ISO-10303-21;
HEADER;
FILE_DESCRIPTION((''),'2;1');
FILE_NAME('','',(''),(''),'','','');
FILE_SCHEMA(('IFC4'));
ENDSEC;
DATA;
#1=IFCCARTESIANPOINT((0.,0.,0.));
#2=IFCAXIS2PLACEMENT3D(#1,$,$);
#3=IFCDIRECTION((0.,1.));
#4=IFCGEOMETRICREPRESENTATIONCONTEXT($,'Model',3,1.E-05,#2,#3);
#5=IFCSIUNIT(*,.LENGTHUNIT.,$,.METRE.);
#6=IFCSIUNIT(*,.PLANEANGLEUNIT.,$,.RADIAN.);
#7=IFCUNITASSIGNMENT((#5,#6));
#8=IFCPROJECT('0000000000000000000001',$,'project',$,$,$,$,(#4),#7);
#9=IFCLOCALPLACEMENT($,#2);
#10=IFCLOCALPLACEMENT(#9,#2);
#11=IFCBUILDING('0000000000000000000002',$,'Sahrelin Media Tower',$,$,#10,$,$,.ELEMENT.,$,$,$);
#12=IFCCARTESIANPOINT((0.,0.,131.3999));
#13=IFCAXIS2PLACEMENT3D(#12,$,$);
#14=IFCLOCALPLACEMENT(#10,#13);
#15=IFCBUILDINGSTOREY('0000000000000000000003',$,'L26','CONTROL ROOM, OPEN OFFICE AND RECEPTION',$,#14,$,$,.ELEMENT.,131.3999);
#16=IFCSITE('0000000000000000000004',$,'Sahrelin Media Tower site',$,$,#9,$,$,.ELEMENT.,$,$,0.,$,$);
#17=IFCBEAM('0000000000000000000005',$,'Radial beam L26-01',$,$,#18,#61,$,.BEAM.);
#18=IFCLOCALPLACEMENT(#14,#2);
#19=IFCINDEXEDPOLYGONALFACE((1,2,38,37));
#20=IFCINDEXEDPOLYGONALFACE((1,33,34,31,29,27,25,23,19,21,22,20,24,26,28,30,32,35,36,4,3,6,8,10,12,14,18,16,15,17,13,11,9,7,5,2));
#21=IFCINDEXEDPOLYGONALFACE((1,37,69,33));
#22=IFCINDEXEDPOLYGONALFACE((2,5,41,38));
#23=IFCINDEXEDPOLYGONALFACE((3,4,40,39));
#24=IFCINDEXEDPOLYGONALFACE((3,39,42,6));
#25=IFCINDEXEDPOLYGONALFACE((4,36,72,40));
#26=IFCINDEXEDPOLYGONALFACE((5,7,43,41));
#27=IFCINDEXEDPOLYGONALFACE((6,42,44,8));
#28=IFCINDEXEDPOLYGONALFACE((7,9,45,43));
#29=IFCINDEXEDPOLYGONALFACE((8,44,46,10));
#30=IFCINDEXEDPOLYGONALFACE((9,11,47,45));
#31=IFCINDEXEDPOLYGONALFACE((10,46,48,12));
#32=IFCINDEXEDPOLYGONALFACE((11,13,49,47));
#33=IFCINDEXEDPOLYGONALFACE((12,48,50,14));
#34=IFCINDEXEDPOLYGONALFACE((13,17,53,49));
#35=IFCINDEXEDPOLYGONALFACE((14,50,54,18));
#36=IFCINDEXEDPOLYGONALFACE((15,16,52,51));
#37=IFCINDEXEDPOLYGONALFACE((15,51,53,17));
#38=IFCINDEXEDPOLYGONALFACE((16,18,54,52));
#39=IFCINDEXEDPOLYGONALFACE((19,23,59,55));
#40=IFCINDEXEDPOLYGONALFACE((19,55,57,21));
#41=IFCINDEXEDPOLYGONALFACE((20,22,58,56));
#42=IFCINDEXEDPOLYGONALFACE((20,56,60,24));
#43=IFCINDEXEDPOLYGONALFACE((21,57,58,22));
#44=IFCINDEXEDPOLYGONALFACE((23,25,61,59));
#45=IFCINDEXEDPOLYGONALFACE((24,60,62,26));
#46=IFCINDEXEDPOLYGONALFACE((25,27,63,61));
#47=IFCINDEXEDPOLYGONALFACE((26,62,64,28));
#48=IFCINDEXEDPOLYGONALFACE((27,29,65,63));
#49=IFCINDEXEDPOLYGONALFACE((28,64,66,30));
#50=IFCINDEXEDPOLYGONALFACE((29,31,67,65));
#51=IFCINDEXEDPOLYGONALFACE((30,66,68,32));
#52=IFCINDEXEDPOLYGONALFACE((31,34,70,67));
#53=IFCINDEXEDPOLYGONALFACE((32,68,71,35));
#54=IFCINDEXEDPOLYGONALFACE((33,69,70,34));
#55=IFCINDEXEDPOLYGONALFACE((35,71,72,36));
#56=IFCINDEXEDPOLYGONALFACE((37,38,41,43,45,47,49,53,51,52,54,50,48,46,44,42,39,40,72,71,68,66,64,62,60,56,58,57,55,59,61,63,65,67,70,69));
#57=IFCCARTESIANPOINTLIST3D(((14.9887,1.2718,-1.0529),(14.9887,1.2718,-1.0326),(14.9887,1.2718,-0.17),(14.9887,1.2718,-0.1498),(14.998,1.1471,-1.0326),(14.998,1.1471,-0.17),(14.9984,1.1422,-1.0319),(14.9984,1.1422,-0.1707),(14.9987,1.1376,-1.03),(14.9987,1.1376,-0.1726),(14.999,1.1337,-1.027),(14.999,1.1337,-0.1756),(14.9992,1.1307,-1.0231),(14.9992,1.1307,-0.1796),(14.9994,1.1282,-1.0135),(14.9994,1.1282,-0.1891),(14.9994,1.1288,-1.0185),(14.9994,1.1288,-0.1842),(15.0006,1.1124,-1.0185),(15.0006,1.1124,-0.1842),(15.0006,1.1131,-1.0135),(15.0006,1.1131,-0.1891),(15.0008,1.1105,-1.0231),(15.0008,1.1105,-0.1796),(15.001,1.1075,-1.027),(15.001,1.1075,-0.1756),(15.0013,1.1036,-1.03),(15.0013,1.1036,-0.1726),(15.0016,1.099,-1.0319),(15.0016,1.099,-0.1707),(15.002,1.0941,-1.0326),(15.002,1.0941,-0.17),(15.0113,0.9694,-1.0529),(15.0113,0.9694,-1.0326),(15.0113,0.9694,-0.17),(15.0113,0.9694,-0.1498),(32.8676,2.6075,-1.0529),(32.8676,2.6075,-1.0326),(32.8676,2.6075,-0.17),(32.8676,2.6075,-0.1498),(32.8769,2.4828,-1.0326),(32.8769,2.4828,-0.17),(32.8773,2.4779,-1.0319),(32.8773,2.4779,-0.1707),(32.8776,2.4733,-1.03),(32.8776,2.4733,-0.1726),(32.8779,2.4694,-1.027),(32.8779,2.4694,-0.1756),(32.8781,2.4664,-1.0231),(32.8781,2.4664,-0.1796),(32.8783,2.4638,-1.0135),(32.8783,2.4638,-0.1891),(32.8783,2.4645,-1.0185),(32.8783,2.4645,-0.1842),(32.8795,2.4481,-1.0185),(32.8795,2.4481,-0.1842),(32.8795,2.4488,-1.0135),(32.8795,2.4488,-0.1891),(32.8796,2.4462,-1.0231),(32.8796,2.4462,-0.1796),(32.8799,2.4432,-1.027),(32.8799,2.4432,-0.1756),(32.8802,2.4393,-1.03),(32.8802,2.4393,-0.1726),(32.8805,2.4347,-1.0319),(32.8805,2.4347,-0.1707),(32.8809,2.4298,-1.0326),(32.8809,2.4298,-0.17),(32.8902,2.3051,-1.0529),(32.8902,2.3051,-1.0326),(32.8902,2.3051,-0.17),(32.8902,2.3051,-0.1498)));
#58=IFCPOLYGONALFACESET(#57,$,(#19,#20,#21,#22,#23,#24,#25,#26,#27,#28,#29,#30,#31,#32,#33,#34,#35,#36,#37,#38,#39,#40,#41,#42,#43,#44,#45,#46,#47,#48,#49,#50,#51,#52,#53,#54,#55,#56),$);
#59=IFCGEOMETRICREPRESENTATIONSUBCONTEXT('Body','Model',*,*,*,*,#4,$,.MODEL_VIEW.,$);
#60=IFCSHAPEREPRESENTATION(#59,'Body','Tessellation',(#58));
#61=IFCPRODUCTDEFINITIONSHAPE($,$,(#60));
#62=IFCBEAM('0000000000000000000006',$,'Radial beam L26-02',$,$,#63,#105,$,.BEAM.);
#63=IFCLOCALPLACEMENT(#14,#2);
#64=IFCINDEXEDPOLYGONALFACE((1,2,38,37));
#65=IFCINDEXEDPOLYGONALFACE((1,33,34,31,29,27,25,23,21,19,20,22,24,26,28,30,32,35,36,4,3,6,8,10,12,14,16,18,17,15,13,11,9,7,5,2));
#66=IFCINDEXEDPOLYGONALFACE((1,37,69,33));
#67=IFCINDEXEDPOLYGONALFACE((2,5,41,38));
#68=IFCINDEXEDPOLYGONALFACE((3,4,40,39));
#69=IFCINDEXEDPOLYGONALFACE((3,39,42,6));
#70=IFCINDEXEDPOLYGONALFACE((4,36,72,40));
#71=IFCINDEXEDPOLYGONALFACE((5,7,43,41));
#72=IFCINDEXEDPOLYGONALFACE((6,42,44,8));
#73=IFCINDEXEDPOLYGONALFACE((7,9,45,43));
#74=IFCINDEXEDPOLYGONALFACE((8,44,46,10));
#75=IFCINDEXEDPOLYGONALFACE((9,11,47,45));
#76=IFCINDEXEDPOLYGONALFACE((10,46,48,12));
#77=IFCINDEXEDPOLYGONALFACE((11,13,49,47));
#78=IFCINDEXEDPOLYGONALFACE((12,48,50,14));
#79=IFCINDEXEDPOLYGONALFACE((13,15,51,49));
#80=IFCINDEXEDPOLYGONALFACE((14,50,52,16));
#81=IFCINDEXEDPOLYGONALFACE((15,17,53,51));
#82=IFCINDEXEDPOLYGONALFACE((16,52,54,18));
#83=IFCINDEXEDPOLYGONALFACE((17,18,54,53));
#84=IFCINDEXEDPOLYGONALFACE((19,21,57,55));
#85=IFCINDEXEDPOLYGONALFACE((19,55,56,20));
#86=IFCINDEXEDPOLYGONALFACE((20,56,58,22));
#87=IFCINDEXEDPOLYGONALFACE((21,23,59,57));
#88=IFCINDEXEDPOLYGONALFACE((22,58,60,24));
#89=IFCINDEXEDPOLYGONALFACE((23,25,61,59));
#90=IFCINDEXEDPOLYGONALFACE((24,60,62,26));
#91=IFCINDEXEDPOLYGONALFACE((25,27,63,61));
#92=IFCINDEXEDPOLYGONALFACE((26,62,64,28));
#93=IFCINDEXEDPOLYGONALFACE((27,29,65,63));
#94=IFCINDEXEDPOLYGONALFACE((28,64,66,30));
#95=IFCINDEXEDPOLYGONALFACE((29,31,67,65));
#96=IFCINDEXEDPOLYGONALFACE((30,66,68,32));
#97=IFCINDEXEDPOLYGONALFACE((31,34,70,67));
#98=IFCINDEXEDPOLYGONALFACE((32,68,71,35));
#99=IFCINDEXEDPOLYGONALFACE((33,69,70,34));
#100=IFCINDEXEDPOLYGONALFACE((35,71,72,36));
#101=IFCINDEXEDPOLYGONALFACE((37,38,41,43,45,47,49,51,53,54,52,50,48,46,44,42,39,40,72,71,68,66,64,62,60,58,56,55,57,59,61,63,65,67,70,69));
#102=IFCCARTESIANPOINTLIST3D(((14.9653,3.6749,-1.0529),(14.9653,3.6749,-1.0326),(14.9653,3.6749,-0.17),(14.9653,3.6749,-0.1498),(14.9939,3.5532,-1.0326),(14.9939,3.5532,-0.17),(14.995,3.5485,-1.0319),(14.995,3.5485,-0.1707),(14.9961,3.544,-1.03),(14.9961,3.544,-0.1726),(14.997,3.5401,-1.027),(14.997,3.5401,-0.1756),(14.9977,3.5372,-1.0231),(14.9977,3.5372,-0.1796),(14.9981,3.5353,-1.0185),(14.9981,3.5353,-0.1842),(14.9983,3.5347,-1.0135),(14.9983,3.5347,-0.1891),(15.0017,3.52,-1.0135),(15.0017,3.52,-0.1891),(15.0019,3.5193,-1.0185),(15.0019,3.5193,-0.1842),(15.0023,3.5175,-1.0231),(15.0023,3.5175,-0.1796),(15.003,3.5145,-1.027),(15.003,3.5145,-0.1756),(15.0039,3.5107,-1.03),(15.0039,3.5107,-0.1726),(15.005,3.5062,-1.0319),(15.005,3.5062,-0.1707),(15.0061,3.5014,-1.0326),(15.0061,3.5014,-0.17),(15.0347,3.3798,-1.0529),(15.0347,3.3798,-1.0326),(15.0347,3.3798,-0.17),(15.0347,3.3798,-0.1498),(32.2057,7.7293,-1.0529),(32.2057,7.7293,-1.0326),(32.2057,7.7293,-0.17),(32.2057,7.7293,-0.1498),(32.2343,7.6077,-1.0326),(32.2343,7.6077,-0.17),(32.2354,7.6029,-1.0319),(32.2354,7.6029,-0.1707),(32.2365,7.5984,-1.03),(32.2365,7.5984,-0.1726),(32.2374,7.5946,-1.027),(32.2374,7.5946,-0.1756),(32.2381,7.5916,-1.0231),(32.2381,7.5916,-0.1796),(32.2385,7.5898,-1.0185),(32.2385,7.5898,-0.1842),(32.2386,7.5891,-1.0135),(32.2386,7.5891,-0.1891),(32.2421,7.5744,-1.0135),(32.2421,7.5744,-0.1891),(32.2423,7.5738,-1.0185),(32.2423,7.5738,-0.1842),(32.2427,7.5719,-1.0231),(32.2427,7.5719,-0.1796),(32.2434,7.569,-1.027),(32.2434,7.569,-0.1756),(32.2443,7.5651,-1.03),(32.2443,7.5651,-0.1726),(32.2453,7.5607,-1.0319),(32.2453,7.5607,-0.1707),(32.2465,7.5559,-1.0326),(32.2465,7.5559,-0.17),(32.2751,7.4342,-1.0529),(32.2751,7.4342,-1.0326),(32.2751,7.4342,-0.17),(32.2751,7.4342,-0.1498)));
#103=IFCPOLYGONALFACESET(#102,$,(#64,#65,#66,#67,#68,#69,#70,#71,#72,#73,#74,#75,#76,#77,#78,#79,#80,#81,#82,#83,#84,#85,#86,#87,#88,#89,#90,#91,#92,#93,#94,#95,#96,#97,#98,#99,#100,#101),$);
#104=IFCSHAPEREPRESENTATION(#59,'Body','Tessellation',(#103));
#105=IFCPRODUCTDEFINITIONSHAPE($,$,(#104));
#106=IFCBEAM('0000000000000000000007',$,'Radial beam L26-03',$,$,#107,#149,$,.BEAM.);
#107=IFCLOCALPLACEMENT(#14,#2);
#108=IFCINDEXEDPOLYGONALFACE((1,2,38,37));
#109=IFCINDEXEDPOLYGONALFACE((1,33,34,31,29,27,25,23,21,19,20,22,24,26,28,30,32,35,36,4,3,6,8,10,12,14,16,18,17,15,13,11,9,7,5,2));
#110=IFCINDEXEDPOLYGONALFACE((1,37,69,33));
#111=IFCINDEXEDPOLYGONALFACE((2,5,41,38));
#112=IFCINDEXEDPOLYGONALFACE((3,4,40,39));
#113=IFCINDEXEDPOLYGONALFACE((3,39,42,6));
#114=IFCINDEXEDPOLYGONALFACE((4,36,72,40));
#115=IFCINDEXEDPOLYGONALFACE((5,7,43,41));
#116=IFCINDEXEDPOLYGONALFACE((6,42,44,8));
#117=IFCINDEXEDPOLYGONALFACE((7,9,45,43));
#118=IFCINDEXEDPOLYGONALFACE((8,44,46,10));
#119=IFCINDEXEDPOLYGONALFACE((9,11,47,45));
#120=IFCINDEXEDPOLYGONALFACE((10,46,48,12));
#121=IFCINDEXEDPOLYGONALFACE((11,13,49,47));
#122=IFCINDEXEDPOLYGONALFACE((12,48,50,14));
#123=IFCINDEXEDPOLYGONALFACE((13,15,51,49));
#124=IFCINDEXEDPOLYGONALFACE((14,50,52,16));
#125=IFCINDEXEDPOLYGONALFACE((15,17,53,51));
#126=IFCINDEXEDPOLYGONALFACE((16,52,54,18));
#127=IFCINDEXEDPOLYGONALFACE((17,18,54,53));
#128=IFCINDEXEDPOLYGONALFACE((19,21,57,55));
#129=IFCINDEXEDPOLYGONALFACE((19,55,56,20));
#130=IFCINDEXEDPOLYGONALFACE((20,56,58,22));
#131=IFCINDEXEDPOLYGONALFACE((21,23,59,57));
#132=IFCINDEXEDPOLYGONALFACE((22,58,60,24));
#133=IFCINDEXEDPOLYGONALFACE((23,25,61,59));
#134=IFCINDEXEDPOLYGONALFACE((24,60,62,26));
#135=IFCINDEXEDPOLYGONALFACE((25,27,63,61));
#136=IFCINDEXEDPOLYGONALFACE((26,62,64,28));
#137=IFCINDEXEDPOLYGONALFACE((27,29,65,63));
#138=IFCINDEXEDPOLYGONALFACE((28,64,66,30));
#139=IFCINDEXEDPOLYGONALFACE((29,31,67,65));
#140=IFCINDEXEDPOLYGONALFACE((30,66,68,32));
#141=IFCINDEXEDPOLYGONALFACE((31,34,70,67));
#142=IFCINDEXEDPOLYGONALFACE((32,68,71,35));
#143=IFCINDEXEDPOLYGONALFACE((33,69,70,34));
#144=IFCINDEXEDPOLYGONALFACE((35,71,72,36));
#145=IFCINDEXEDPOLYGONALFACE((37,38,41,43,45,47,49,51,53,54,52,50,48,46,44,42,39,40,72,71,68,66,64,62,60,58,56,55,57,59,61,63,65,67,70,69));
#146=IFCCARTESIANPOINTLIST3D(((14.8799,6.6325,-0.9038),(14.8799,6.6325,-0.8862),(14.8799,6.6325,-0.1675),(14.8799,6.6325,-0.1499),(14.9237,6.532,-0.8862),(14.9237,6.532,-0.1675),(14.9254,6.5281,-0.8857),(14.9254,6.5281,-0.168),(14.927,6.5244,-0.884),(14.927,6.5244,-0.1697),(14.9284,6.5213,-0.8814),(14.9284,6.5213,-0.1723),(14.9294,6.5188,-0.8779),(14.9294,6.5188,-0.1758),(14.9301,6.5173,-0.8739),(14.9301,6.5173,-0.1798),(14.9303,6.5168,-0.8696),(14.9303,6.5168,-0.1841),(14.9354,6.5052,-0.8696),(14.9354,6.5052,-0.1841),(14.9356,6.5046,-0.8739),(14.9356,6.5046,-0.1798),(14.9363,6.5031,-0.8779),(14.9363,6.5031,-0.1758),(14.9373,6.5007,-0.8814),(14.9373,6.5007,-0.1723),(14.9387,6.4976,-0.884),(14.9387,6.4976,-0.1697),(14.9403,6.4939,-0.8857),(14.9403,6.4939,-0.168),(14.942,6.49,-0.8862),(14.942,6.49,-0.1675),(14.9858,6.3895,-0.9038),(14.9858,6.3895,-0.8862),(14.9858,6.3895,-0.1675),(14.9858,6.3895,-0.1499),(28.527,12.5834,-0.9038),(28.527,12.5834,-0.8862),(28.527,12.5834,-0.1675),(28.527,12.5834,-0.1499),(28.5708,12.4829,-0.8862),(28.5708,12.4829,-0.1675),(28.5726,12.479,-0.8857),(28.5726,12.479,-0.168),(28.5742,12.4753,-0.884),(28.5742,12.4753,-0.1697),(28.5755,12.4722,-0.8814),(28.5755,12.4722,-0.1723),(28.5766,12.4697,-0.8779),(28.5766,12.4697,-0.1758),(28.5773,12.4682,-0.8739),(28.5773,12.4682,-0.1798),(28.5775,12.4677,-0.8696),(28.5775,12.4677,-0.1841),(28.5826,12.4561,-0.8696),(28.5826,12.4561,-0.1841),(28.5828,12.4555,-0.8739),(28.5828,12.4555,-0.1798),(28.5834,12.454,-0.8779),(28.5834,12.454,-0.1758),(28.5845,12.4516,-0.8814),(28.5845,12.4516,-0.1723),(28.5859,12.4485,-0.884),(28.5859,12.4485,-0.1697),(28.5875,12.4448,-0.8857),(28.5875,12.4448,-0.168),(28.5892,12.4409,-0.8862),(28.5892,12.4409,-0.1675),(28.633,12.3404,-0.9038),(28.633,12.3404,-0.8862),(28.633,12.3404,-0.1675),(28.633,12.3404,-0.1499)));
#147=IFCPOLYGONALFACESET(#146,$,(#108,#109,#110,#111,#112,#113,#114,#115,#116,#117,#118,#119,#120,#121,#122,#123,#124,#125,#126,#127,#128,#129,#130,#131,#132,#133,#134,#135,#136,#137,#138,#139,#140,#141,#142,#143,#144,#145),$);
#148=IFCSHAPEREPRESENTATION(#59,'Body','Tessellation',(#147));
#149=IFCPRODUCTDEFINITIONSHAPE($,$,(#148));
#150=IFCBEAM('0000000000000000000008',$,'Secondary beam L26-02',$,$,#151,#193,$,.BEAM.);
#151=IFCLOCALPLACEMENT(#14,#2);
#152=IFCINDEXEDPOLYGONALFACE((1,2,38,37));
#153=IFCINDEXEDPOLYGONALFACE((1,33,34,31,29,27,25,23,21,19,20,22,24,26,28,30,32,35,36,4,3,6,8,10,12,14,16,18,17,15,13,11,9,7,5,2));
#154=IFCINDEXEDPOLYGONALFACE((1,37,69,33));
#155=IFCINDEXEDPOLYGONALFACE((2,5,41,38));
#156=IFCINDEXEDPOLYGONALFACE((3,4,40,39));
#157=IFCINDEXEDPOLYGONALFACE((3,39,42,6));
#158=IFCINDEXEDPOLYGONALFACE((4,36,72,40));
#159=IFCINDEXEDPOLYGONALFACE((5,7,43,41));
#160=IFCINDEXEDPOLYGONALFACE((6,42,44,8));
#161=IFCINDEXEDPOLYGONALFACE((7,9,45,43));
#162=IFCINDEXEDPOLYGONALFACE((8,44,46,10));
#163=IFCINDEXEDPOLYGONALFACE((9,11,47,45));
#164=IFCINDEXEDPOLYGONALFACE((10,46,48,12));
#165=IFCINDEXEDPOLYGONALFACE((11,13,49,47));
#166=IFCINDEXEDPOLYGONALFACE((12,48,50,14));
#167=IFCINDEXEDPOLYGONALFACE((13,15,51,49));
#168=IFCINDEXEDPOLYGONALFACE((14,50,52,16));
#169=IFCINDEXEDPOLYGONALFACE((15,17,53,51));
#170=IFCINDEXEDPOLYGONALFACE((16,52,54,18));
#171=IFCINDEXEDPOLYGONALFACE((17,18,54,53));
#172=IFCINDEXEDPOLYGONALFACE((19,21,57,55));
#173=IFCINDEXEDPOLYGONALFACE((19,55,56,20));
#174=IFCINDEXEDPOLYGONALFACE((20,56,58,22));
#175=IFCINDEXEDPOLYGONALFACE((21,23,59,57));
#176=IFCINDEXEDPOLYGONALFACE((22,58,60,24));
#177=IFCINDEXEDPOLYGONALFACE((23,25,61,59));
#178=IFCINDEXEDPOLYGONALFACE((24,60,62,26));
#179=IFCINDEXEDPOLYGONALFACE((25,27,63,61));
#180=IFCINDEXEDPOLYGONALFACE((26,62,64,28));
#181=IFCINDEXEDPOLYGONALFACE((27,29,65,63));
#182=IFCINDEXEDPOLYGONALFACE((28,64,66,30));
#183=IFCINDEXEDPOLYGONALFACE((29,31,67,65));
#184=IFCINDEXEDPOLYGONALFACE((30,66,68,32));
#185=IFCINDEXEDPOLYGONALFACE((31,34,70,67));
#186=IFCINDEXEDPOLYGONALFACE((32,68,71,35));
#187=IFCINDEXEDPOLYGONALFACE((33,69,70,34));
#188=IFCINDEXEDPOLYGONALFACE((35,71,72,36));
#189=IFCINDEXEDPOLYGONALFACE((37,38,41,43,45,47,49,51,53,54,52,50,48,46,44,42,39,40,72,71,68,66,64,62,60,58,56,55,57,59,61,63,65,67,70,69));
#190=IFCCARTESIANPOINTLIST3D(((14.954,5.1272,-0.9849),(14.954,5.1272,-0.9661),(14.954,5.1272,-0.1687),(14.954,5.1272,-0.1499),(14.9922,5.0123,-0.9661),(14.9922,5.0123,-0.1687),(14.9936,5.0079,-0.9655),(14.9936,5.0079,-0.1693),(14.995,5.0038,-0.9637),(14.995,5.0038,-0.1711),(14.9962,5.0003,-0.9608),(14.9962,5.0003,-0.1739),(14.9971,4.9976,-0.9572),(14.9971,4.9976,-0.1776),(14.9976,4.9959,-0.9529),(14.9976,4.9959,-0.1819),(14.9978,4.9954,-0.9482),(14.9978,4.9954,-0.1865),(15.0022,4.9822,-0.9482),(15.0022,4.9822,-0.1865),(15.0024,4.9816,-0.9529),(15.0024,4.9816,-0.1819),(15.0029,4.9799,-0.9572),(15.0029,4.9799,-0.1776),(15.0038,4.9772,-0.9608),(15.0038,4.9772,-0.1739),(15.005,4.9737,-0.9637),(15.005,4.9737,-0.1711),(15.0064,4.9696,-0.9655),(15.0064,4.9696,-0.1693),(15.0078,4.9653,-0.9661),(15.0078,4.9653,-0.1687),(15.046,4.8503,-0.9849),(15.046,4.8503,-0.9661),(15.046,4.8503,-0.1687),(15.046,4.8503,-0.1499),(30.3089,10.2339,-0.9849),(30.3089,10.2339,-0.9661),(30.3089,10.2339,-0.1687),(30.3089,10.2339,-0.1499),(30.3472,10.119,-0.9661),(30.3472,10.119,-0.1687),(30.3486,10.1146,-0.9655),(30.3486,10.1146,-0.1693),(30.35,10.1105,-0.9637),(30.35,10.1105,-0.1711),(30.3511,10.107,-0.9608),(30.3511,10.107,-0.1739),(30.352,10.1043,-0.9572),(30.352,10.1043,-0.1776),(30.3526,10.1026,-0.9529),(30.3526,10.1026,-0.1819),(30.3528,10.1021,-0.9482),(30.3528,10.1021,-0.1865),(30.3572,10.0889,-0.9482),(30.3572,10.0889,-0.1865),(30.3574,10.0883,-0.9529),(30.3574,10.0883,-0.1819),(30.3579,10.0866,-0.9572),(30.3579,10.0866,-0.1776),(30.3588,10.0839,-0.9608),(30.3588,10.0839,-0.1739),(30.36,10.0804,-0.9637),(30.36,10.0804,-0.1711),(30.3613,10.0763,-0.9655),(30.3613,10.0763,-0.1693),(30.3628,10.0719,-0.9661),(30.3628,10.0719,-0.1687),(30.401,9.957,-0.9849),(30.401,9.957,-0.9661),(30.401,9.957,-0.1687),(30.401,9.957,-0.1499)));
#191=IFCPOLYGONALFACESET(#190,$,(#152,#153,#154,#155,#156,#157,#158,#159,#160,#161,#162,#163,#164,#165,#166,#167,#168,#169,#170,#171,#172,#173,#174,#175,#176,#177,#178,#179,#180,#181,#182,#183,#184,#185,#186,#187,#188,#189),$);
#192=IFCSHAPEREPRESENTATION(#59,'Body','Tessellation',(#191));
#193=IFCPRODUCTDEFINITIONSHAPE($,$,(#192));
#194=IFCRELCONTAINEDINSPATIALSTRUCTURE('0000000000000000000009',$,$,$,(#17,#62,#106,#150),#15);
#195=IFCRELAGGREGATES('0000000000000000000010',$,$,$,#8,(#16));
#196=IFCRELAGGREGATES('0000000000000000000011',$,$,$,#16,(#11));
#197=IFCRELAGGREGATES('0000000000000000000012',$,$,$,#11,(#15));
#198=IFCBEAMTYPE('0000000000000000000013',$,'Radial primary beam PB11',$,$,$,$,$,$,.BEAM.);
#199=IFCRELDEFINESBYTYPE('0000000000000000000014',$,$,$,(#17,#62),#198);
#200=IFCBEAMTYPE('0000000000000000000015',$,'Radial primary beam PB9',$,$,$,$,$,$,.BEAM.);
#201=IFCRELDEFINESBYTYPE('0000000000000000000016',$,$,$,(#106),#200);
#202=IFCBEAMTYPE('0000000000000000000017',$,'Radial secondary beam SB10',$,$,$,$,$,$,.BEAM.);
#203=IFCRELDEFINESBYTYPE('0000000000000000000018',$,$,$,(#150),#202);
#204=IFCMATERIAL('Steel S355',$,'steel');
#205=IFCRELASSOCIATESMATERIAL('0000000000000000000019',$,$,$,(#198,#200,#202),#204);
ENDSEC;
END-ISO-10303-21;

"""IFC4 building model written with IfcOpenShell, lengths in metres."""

from ifc_helpers import new_model, si_unit, direction, frame, origin, origin_2d, place, context, subcontext, project, spatial, i_section, extrude, material, material_profile, profile_set, type_object, element, save


model = new_model("IFC4")

# Units and contexts
model_context = context("Model", 3, precision=1e-05, world=origin(), true_north=direction((0.0, 1.0)))
body_context = subcontext(model_context, "Body", "Model", "MODEL_VIEW")
ifc_project = project(units=[si_unit("LENGTHUNIT", "METRE"), si_unit("PLANEANGLEUNIT", "RADIAN")], contexts=[model_context])

# Site, building, storey
site_placement = place(None, origin())
site = spatial("IfcSite", under=ifc_project, at=site_placement, Name="Sahrelin Media Tower site", CompositionType="ELEMENT", RefElevation=0.0)
building_placement = place(site_placement, origin())
building = spatial("IfcBuilding", under=site, at=building_placement, Name="Sahrelin Media Tower", CompositionType="ELEMENT")
storey_placement = place(building_placement, frame((0.0, 0.0, 131.3999)))
storey = spatial("IfcBuildingStorey", under=building, at=storey_placement, Name="L26", Description="CONTROL ROOM, OPEN OFFICE AND RECEPTION", CompositionType="ELEMENT", Elevation=131.3999)

# Beams
ifc_material_1 = material(Name="Steel S355", Category="steel")
ifc_material_profile_1 = material_profile(ifc_material_1, i_section(OverallWidth=0.3032, OverallDepth=0.9031, WebThickness=0.0151, FlangeThickness=0.0203, FilletRadius=0.019, at=origin_2d()), Name="UB 914x305x201")
ifc_profile_set_1 = profile_set([ifc_material_profile_1], Name="Steel S355")
beam_type_1 = type_object("IfcBeamType", Name="Radial primary beam PB11", PredefinedType="BEAM", material=ifc_profile_set_1)
beam_1_placement = place(storey_placement, frame((15.0, 1.1206, -0.6013), z_axis=(0.997221, 0.0745, 0.0), x_axis=(-0.0745, 0.997221, 0.0)))
element("IfcBeam", 1, at=beam_1_placement, inside=storey, type_object=beam_type_1, Name="Radial beam L26-01", PredefinedType="BEAM", context=body_context, shape_type="SweptSolid", body=[
    extrude(i_section(OverallWidth=0.3032, OverallDepth=0.9031, WebThickness=0.0151, FlangeThickness=0.0203, FilletRadius=0.019, at=origin_2d()), origin(), (0.0, 0.0, 1.0), 17.9287),
])
beam_2_placement = place(storey_placement, frame((15.0, 3.5273, -0.6013), z_axis=(0.973444, 0.228925, 0.0), x_axis=(-0.228925, 0.973444, 0.0)))
element("IfcBeam", 2, at=beam_2_placement, inside=storey, type_object=beam_type_1, Name="Radial beam L26-02", PredefinedType="BEAM", context=body_context, shape_type="SweptSolid", body=[
    extrude(i_section(OverallWidth=0.3032, OverallDepth=0.9031, WebThickness=0.0151, FlangeThickness=0.0203, FilletRadius=0.019, at=origin_2d()), origin(), (0.0, 0.0, 1.0), 17.7107),
])
ifc_material_profile_2 = material_profile(ifc_material_1, i_section(OverallWidth=0.2651, OverallDepth=0.7539, WebThickness=0.0127, FlangeThickness=0.0176, FilletRadius=0.0166, at=origin_2d()), Name="UB 762x267x147")
ifc_profile_set_2 = profile_set([ifc_material_profile_2], Name="Steel S355")
beam_type_2 = type_object("IfcBeamType", Name="Radial primary beam PB9", PredefinedType="BEAM", material=ifc_profile_set_2)
beam_3_placement = place(storey_placement, frame((14.9329, 6.511, -0.5269), z_axis=(0.916643, 0.399706, 0.0), x_axis=(-0.399706, 0.916643, 0.0)))
element("IfcBeam", 3, at=beam_3_placement, inside=storey, type_object=beam_type_2, Name="Radial beam L26-03", PredefinedType="BEAM", context=body_context, shape_type="SweptSolid", body=[
    extrude(i_section(OverallWidth=0.2651, OverallDepth=0.7539, WebThickness=0.0127, FlangeThickness=0.0176, FilletRadius=0.0166, at=origin_2d()), origin(), (0.0, 0.0, 1.0), 14.8882),
])
ifc_material_profile_3 = material_profile(ifc_material_1, i_section(OverallWidth=0.2917, OverallDepth=0.835, WebThickness=0.0139, FlangeThickness=0.0188, FilletRadius=0.0178, at=origin_2d()), Name="UB 838x292x176")
ifc_profile_set_3 = profile_set([ifc_material_profile_3], Name="Steel S355")
beam_type_3 = type_object("IfcBeamType", Name="Radial secondary beam SB10", PredefinedType="BEAM", material=ifc_profile_set_3)
beam_4_placement = place(storey_placement, frame((15.0, 4.9888, -0.5674), z_axis=(0.948899, 0.31558, 0.0), x_axis=(-0.31558, 0.948899, 0.0)))
element("IfcBeam", 4, at=beam_4_placement, inside=storey, type_object=beam_type_3, Name="Secondary beam L26-02", PredefinedType="BEAM", context=body_context, shape_type="SweptSolid", body=[
    extrude(i_section(OverallWidth=0.2917, OverallDepth=0.835, WebThickness=0.0139, FlangeThickness=0.0188, FilletRadius=0.0178, at=origin_2d()), origin(), (0.0, 0.0, 1.0), 16.1819),
])

save(model, "model.ifc")
